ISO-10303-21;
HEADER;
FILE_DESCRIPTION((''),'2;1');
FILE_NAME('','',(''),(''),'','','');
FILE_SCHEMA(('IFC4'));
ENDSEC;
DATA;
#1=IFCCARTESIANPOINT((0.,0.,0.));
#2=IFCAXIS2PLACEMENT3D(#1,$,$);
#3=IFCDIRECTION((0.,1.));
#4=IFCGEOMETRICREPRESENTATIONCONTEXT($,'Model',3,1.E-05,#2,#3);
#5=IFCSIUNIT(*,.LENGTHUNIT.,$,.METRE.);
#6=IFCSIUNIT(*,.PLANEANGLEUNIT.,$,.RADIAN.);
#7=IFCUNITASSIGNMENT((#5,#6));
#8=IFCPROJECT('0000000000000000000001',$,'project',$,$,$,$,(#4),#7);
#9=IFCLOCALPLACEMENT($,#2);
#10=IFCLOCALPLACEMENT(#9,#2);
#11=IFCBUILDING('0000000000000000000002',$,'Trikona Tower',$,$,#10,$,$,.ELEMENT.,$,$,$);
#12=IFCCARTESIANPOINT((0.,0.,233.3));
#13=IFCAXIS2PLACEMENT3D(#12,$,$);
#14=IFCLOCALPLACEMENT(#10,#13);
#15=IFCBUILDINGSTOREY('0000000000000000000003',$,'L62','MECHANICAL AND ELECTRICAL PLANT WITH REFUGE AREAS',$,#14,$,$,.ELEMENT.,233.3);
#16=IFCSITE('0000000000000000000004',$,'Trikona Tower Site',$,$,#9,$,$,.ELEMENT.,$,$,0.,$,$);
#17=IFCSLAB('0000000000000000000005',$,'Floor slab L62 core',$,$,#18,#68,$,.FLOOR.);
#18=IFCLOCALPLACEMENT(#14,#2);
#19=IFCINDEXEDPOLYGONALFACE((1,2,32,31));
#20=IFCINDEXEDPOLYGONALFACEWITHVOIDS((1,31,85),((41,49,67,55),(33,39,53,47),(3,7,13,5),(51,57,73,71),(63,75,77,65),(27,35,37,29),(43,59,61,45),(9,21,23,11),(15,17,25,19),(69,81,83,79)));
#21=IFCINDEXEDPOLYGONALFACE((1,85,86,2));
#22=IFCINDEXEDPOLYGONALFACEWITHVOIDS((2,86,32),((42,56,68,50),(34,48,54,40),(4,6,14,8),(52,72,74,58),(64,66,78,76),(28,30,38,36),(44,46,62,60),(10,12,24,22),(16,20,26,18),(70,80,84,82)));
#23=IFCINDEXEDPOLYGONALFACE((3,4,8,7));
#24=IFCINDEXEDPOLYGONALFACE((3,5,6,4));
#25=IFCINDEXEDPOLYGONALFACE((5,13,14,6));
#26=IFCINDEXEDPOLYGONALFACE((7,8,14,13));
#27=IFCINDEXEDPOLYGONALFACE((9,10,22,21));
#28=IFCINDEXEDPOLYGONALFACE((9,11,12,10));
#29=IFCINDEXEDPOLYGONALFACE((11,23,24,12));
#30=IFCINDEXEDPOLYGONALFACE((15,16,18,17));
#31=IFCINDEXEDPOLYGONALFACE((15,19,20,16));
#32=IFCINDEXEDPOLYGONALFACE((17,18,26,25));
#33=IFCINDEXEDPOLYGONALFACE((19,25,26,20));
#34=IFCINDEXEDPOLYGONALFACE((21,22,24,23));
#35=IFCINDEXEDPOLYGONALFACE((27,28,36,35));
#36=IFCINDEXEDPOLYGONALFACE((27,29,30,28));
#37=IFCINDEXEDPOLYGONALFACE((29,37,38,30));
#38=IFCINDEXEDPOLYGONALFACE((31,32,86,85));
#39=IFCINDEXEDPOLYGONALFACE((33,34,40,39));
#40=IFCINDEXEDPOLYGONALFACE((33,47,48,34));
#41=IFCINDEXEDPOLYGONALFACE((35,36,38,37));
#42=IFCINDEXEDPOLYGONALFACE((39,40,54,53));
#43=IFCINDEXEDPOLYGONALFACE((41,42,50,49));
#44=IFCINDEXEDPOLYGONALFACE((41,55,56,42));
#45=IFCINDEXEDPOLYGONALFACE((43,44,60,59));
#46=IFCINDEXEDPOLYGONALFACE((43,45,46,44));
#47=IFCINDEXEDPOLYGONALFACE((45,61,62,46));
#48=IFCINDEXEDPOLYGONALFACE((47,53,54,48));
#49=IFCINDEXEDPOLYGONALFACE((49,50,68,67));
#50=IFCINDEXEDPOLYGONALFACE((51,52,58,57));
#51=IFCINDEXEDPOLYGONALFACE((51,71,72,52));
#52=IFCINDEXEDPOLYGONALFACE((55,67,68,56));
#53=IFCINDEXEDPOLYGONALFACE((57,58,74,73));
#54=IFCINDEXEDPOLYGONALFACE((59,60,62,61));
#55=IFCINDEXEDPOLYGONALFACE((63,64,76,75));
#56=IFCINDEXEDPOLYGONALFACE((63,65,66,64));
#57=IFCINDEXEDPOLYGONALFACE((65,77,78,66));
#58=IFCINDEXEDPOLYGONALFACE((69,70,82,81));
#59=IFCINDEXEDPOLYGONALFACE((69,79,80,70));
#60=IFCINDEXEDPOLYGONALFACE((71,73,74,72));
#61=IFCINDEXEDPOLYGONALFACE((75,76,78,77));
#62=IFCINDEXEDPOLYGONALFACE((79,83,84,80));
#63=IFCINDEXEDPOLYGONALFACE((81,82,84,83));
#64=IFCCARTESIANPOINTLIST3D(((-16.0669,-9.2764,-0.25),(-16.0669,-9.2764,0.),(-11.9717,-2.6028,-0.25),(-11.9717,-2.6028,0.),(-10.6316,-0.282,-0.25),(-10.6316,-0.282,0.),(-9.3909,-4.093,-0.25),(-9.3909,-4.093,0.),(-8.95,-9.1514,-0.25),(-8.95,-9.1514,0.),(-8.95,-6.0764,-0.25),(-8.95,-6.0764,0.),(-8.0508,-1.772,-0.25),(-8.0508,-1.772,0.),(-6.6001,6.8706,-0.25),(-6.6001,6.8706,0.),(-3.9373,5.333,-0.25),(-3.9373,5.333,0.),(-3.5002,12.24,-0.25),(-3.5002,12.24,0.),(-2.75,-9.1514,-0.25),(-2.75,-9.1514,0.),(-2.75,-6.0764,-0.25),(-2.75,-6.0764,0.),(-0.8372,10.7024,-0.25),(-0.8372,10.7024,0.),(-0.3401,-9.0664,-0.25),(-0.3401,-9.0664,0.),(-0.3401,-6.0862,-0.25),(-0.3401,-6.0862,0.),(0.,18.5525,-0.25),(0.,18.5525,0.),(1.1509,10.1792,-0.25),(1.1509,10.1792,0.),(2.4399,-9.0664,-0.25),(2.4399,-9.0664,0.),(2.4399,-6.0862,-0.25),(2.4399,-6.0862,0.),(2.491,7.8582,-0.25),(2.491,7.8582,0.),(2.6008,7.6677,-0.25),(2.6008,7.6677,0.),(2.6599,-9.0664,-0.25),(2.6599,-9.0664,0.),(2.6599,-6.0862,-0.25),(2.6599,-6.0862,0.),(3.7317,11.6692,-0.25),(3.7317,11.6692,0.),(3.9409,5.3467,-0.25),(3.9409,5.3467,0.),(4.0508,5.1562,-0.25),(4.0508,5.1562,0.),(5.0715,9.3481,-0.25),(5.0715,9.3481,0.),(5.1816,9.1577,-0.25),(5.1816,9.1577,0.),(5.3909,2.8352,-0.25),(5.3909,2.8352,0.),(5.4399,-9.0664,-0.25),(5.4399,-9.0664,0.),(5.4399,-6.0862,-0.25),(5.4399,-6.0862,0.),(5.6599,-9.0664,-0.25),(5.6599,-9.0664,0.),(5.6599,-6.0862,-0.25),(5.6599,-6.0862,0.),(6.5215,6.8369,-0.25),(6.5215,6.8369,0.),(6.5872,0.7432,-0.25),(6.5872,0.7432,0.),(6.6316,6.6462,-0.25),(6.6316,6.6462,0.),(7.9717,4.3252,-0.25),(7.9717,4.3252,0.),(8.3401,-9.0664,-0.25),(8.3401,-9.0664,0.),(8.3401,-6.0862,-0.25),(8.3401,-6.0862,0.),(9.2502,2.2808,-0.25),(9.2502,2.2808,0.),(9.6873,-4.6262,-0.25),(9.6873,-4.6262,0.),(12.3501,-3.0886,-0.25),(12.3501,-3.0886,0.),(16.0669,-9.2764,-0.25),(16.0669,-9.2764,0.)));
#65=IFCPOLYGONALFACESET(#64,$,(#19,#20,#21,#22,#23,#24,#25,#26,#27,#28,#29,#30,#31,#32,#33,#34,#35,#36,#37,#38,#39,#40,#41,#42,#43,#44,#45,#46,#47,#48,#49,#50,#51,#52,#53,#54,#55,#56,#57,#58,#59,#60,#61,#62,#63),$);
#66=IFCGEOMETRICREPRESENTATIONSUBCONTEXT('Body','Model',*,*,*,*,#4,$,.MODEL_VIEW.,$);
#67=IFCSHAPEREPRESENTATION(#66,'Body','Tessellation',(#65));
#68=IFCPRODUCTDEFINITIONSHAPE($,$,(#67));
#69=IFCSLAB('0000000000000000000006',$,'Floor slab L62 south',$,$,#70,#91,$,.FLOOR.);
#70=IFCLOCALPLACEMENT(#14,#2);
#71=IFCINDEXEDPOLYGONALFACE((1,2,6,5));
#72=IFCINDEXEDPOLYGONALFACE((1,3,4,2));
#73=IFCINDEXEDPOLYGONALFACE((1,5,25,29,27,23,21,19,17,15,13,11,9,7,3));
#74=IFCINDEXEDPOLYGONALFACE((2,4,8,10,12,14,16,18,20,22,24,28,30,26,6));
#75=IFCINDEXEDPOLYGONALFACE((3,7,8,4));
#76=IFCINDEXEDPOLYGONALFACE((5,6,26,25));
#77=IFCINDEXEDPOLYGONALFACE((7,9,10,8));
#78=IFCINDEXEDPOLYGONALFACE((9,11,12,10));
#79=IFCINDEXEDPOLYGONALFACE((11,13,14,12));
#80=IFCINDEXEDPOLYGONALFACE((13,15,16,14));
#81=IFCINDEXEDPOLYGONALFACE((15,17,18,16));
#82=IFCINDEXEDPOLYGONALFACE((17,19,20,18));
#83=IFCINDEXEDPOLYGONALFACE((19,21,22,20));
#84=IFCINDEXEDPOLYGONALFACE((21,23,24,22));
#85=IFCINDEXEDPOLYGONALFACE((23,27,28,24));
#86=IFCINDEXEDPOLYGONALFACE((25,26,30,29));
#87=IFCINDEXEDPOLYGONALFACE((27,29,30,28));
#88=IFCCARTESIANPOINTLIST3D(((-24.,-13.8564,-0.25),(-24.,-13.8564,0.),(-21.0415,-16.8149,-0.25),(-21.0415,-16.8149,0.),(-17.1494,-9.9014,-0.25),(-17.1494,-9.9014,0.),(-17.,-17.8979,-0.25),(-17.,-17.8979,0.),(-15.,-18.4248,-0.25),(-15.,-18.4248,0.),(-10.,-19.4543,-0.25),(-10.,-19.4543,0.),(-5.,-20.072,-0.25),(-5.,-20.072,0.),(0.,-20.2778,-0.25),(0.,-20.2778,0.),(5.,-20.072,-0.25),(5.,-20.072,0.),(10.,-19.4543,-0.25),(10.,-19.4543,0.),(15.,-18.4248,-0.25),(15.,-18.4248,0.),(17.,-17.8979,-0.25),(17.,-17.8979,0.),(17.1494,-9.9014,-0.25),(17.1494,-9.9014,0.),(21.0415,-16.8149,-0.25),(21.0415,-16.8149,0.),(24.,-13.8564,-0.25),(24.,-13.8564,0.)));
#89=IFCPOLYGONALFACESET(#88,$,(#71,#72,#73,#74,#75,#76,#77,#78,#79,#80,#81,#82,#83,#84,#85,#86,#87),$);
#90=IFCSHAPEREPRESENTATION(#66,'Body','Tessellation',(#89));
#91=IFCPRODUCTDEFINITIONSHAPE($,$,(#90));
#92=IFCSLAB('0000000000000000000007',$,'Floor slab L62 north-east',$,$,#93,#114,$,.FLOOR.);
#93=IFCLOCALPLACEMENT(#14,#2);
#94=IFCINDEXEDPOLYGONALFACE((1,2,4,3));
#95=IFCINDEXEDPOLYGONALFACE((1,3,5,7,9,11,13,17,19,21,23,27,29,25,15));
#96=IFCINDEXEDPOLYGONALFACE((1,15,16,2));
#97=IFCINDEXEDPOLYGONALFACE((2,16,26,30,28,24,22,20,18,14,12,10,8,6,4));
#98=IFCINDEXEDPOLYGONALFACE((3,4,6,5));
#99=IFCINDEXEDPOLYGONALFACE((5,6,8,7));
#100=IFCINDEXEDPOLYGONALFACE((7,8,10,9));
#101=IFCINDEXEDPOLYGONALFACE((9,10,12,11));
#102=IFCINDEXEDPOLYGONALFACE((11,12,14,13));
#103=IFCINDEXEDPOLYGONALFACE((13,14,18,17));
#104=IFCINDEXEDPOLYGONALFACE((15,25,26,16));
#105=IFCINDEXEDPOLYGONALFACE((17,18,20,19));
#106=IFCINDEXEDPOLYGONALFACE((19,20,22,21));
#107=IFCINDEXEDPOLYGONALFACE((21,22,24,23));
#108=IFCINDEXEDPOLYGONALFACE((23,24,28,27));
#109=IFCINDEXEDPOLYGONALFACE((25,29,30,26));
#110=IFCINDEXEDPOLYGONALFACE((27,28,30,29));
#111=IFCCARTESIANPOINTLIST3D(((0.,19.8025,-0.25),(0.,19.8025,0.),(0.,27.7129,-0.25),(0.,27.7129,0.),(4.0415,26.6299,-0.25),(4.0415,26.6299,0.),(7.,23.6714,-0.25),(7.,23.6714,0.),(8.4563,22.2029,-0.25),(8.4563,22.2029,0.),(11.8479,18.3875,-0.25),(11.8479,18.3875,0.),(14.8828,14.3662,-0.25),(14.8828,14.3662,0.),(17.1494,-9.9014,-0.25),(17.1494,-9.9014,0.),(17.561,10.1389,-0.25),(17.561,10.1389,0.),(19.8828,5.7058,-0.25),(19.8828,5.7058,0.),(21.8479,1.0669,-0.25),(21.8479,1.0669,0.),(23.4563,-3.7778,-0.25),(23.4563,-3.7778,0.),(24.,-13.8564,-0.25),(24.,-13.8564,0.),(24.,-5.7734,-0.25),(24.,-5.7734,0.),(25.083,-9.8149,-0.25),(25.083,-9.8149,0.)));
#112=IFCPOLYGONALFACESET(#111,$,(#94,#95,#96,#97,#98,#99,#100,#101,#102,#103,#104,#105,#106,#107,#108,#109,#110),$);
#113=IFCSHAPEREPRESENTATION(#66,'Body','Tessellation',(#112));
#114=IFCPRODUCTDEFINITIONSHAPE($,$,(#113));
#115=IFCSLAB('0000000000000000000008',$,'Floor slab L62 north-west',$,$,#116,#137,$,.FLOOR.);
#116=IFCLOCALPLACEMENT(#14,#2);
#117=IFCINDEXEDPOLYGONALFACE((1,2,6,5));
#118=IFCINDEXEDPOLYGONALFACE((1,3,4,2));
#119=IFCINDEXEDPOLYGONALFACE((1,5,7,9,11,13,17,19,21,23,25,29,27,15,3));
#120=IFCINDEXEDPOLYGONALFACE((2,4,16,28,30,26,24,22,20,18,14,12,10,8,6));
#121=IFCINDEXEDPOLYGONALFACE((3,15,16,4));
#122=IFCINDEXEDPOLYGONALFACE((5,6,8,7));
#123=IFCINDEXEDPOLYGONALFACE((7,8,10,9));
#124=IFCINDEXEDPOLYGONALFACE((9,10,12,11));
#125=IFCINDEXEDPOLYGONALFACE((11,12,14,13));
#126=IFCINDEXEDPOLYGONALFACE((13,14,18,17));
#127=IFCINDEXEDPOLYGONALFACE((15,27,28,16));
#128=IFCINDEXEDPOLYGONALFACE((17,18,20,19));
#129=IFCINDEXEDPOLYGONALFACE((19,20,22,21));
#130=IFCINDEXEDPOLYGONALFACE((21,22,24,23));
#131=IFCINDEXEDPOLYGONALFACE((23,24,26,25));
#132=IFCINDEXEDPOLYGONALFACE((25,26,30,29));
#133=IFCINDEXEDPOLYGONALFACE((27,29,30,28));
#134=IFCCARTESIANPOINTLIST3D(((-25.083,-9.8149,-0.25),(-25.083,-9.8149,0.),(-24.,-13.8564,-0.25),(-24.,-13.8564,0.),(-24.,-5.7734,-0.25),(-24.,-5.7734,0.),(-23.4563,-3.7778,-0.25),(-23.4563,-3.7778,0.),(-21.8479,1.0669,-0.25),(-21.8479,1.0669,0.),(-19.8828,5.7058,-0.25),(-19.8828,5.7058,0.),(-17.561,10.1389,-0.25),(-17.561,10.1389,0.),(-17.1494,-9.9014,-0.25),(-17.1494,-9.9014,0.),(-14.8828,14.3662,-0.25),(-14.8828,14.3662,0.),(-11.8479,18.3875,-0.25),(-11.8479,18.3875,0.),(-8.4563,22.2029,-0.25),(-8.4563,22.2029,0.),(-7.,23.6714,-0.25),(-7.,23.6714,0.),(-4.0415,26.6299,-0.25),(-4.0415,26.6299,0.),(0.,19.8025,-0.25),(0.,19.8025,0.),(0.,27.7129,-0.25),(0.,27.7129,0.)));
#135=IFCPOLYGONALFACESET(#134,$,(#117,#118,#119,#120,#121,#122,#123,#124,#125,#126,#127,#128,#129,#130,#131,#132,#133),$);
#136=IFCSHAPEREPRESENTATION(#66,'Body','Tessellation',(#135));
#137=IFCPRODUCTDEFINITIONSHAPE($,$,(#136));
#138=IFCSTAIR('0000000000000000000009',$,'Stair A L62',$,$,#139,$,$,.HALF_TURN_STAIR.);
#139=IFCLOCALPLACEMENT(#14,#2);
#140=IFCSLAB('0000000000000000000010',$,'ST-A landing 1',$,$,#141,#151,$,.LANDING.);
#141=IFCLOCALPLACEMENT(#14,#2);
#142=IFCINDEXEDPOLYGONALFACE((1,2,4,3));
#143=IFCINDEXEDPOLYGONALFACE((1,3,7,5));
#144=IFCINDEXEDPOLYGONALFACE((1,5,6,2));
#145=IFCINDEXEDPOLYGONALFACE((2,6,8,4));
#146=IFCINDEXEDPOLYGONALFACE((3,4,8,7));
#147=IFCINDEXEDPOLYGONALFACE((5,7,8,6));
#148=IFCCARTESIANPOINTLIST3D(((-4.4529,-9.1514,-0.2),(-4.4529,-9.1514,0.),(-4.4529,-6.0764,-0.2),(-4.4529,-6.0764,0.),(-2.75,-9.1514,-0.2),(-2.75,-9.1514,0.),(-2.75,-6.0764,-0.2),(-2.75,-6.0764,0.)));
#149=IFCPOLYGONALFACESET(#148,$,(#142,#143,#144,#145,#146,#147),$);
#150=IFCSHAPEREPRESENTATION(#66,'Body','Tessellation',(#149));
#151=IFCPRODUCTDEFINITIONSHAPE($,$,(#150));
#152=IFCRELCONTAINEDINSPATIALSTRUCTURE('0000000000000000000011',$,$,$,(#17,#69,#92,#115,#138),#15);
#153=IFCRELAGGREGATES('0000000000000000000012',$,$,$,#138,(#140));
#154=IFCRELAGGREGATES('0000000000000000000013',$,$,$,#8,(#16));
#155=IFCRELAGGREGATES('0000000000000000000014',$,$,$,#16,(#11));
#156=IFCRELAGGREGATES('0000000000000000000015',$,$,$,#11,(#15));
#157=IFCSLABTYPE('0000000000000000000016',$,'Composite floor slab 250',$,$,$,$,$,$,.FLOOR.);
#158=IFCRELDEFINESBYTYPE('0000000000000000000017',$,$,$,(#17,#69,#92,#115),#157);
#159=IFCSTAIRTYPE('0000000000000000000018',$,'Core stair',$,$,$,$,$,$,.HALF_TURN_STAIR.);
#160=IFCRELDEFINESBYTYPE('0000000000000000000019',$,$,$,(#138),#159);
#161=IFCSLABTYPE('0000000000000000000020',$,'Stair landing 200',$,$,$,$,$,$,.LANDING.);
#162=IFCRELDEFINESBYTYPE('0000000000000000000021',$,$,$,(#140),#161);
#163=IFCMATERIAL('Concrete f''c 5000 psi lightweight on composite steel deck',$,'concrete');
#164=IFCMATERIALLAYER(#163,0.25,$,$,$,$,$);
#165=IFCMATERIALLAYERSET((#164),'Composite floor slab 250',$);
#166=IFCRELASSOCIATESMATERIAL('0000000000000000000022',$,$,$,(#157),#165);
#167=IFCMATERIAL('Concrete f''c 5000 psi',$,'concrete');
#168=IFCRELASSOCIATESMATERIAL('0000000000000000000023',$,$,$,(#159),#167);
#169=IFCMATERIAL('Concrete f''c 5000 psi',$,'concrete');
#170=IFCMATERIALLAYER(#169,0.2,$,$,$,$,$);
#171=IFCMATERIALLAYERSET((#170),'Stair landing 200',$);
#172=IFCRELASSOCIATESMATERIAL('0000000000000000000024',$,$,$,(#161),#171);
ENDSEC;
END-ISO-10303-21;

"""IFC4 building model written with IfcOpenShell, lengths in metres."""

from ifc_helpers import new_model, si_unit, direction, frame, origin, place, context, subcontext, project, spatial, polyline, outline, extrude, material, layer, layer_set, type_object, element, aggregate, save


model = new_model("IFC4")

# Units and contexts
model_context = context("Model", 3, precision=1e-05, world=origin(), true_north=direction((0.0, 1.0)))
body_context = subcontext(model_context, "Body", "Model", "MODEL_VIEW")
ifc_project = project(units=[si_unit("LENGTHUNIT", "METRE"), si_unit("PLANEANGLEUNIT", "RADIAN")], contexts=[model_context])

# Site, building, storey
site_placement = place(None, origin())
site = spatial("IfcSite", under=ifc_project, at=site_placement, Name="Trikona Tower Site", CompositionType="ELEMENT", RefElevation=0.0)
building_placement = place(site_placement, origin())
building = spatial("IfcBuilding", under=site, at=building_placement, Name="Trikona Tower", CompositionType="ELEMENT")
storey_placement = place(building_placement, frame((0.0, 0.0, 233.3)))
storey = spatial("IfcBuildingStorey", under=building, at=storey_placement, Name="L62", Description="MECHANICAL AND ELECTRICAL PLANT WITH REFUGE AREAS", CompositionType="ELEMENT", Elevation=233.3)

# Slabs
ifc_material_1 = material(Name="Concrete f'c 5000 psi lightweight on composite steel deck", Category="concrete")
ifc_layer_1 = layer(ifc_material_1, 0.25)
ifc_layer_set_1 = layer_set([ifc_layer_1], Name="Composite floor slab 250")
slab_type_1 = type_object("IfcSlabType", Name="Composite floor slab 250", PredefinedType="FLOOR", material=ifc_layer_set_1)
slab_1_placement = place(storey_placement, frame((0.0, 0.0, -0.25)))
element("IfcSlab", 1, at=slab_1_placement, inside=storey, type_object=slab_type_1, Name="Floor slab L62 core", PredefinedType="FLOOR", context=body_context, shape_type="SweptSolid", body=[
    extrude(outline(polyline([(-16.0669, -9.2764), (16.0669, -9.2764), (0.0, 18.5525), (-16.0669, -9.2764)]), holes=[polyline([(6.5872, 0.7432), (9.6873, -4.6262), (12.3501, -3.0886), (9.2502, 2.2808), (6.5872, 0.7432)]), polyline([(5.6599, -6.0862), (5.6599, -9.0664), (8.3401, -9.0664), (8.3401, -6.0862), (5.6599, -6.0862)]), polyline([(6.6316, 6.6462), (4.0508, 5.1562), (5.3909, 2.8352), (7.9717, 4.3252), (6.6316, 6.6462)]), polyline([(6.5215, 6.8369), (5.1816, 9.1577), (2.6008, 7.6677), (3.9409, 5.3467), (6.5215, 6.8369)]), polyline([(2.6599, -9.0664), (5.4399, -9.0664), (5.4399, -6.0862), (2.6599, -6.0862), (2.6599, -9.0664)]), polyline([(2.491, 7.8582), (5.0715, 9.3481), (3.7317, 11.6692), (1.1509, 10.1792), (2.491, 7.8582)]), polyline([(2.4399, -9.0664), (2.4399, -6.0862), (-0.3401, -6.0862), (-0.3401, -9.0664), (2.4399, -9.0664)]), polyline([(-3.9373, 5.333), (-0.8372, 10.7024), (-3.5002, 12.24), (-6.6001, 6.8706), (-3.9373, 5.333)]), polyline([(-2.75, -6.0764), (-8.95, -6.0764), (-8.95, -9.1514), (-2.75, -9.1514), (-2.75, -6.0764)]), polyline([(-11.9717, -2.6028), (-9.3909, -4.093), (-8.0508, -1.772), (-10.6316, -0.282), (-11.9717, -2.6028)])]), origin(), (0.0, 0.0, 1.0), 0.25),
])
slab_2_placement = place(storey_placement, frame((0.0, 0.0, -0.25)))
element("IfcSlab", 2, at=slab_2_placement, inside=storey, type_object=slab_type_1, Name="Floor slab L62 south", PredefinedType="FLOOR", context=body_context, shape_type="SweptSolid", body=[
    extrude(outline(polyline([(21.0415, -16.8149), (24.0, -13.8564), (17.1494, -9.9014), (-17.1494, -9.9014), (-24.0, -13.8564), (-21.0415, -16.8149), (-17.0, -17.8979), (-15.0, -18.4248), (-10.0, -19.4543), (-5.0, -20.072), (0.0, -20.2778), (5.0, -20.072), (10.0, -19.4543), (15.0, -18.4248), (17.0, -17.8979), (21.0415, -16.8149)])), origin(), (0.0, 0.0, 1.0), 0.25),
])
slab_3_placement = place(storey_placement, frame((0.0, 0.0, -0.25)))
element("IfcSlab", 3, at=slab_3_placement, inside=storey, type_object=slab_type_1, Name="Floor slab L62 north-east", PredefinedType="FLOOR", context=body_context, shape_type="SweptSolid", body=[
    extrude(outline(polyline([(4.0415, 26.6299), (0.0, 27.7129), (0.0, 19.8025), (17.1494, -9.9014), (24.0, -13.8564), (25.083, -9.8149), (24.0, -5.7734), (23.4563, -3.7778), (21.8479, 1.0669), (19.8828, 5.7058), (17.561, 10.1389), (14.8828, 14.3662), (11.8479, 18.3875), (8.4563, 22.2029), (7.0, 23.6714), (4.0415, 26.6299)])), origin(), (0.0, 0.0, 1.0), 0.25),
])
slab_4_placement = place(storey_placement, frame((0.0, 0.0, -0.25)))
element("IfcSlab", 4, at=slab_4_placement, inside=storey, type_object=slab_type_1, Name="Floor slab L62 north-west", PredefinedType="FLOOR", context=body_context, shape_type="SweptSolid", body=[
    extrude(outline(polyline([(-7.0, 23.6714), (-8.4563, 22.2029), (-11.8479, 18.3875), (-14.8828, 14.3662), (-17.561, 10.1389), (-19.8828, 5.7058), (-21.8479, 1.0669), (-23.4563, -3.7778), (-24.0, -5.7734), (-25.083, -9.8149), (-24.0, -13.8564), (-17.1494, -9.9014), (0.0, 19.8025), (0.0, 27.7129), (-4.0415, 26.6299), (-7.0, 23.6714)])), origin(), (0.0, 0.0, 1.0), 0.25),
])

# Stair, slab
ifc_material_2 = material(Name="Concrete f'c 5000 psi", Category="concrete")
stair_type = type_object("IfcStairType", Name="Core stair", PredefinedType="HALF_TURN_STAIR", material=ifc_material_2)
stair_1_placement = place(storey_placement, origin())
stair_1 = element("IfcStair", 5, at=stair_1_placement, inside=storey, type_object=stair_type, Name="Stair A L62", PredefinedType="HALF_TURN_STAIR")
ifc_material_3 = material(Name="Concrete f'c 5000 psi", Category="concrete")
ifc_layer_2 = layer(ifc_material_3, 0.2)
ifc_layer_set_2 = layer_set([ifc_layer_2], Name="Stair landing 200")
slab_type_2 = type_object("IfcSlabType", Name="Stair landing 200", PredefinedType="LANDING", material=ifc_layer_set_2)
slab_5_placement = place(storey_placement, frame((0.0, 0.0, -0.2)))
slab_5 = element("IfcSlab", 6, at=slab_5_placement, type_object=slab_type_2, Name="ST-A landing 1", PredefinedType="LANDING", context=body_context, shape_type="SweptSolid", body=[
    extrude(outline(polyline([(-4.4529, -6.0764), (-2.75, -6.0764), (-2.75, -9.1514), (-4.4529, -9.1514), (-4.4529, -6.0764)])), origin(), (0.0, 0.0, 1.0), 0.2),
])
aggregate(stair_1, [slab_5])

save(model, "model.ifc")
